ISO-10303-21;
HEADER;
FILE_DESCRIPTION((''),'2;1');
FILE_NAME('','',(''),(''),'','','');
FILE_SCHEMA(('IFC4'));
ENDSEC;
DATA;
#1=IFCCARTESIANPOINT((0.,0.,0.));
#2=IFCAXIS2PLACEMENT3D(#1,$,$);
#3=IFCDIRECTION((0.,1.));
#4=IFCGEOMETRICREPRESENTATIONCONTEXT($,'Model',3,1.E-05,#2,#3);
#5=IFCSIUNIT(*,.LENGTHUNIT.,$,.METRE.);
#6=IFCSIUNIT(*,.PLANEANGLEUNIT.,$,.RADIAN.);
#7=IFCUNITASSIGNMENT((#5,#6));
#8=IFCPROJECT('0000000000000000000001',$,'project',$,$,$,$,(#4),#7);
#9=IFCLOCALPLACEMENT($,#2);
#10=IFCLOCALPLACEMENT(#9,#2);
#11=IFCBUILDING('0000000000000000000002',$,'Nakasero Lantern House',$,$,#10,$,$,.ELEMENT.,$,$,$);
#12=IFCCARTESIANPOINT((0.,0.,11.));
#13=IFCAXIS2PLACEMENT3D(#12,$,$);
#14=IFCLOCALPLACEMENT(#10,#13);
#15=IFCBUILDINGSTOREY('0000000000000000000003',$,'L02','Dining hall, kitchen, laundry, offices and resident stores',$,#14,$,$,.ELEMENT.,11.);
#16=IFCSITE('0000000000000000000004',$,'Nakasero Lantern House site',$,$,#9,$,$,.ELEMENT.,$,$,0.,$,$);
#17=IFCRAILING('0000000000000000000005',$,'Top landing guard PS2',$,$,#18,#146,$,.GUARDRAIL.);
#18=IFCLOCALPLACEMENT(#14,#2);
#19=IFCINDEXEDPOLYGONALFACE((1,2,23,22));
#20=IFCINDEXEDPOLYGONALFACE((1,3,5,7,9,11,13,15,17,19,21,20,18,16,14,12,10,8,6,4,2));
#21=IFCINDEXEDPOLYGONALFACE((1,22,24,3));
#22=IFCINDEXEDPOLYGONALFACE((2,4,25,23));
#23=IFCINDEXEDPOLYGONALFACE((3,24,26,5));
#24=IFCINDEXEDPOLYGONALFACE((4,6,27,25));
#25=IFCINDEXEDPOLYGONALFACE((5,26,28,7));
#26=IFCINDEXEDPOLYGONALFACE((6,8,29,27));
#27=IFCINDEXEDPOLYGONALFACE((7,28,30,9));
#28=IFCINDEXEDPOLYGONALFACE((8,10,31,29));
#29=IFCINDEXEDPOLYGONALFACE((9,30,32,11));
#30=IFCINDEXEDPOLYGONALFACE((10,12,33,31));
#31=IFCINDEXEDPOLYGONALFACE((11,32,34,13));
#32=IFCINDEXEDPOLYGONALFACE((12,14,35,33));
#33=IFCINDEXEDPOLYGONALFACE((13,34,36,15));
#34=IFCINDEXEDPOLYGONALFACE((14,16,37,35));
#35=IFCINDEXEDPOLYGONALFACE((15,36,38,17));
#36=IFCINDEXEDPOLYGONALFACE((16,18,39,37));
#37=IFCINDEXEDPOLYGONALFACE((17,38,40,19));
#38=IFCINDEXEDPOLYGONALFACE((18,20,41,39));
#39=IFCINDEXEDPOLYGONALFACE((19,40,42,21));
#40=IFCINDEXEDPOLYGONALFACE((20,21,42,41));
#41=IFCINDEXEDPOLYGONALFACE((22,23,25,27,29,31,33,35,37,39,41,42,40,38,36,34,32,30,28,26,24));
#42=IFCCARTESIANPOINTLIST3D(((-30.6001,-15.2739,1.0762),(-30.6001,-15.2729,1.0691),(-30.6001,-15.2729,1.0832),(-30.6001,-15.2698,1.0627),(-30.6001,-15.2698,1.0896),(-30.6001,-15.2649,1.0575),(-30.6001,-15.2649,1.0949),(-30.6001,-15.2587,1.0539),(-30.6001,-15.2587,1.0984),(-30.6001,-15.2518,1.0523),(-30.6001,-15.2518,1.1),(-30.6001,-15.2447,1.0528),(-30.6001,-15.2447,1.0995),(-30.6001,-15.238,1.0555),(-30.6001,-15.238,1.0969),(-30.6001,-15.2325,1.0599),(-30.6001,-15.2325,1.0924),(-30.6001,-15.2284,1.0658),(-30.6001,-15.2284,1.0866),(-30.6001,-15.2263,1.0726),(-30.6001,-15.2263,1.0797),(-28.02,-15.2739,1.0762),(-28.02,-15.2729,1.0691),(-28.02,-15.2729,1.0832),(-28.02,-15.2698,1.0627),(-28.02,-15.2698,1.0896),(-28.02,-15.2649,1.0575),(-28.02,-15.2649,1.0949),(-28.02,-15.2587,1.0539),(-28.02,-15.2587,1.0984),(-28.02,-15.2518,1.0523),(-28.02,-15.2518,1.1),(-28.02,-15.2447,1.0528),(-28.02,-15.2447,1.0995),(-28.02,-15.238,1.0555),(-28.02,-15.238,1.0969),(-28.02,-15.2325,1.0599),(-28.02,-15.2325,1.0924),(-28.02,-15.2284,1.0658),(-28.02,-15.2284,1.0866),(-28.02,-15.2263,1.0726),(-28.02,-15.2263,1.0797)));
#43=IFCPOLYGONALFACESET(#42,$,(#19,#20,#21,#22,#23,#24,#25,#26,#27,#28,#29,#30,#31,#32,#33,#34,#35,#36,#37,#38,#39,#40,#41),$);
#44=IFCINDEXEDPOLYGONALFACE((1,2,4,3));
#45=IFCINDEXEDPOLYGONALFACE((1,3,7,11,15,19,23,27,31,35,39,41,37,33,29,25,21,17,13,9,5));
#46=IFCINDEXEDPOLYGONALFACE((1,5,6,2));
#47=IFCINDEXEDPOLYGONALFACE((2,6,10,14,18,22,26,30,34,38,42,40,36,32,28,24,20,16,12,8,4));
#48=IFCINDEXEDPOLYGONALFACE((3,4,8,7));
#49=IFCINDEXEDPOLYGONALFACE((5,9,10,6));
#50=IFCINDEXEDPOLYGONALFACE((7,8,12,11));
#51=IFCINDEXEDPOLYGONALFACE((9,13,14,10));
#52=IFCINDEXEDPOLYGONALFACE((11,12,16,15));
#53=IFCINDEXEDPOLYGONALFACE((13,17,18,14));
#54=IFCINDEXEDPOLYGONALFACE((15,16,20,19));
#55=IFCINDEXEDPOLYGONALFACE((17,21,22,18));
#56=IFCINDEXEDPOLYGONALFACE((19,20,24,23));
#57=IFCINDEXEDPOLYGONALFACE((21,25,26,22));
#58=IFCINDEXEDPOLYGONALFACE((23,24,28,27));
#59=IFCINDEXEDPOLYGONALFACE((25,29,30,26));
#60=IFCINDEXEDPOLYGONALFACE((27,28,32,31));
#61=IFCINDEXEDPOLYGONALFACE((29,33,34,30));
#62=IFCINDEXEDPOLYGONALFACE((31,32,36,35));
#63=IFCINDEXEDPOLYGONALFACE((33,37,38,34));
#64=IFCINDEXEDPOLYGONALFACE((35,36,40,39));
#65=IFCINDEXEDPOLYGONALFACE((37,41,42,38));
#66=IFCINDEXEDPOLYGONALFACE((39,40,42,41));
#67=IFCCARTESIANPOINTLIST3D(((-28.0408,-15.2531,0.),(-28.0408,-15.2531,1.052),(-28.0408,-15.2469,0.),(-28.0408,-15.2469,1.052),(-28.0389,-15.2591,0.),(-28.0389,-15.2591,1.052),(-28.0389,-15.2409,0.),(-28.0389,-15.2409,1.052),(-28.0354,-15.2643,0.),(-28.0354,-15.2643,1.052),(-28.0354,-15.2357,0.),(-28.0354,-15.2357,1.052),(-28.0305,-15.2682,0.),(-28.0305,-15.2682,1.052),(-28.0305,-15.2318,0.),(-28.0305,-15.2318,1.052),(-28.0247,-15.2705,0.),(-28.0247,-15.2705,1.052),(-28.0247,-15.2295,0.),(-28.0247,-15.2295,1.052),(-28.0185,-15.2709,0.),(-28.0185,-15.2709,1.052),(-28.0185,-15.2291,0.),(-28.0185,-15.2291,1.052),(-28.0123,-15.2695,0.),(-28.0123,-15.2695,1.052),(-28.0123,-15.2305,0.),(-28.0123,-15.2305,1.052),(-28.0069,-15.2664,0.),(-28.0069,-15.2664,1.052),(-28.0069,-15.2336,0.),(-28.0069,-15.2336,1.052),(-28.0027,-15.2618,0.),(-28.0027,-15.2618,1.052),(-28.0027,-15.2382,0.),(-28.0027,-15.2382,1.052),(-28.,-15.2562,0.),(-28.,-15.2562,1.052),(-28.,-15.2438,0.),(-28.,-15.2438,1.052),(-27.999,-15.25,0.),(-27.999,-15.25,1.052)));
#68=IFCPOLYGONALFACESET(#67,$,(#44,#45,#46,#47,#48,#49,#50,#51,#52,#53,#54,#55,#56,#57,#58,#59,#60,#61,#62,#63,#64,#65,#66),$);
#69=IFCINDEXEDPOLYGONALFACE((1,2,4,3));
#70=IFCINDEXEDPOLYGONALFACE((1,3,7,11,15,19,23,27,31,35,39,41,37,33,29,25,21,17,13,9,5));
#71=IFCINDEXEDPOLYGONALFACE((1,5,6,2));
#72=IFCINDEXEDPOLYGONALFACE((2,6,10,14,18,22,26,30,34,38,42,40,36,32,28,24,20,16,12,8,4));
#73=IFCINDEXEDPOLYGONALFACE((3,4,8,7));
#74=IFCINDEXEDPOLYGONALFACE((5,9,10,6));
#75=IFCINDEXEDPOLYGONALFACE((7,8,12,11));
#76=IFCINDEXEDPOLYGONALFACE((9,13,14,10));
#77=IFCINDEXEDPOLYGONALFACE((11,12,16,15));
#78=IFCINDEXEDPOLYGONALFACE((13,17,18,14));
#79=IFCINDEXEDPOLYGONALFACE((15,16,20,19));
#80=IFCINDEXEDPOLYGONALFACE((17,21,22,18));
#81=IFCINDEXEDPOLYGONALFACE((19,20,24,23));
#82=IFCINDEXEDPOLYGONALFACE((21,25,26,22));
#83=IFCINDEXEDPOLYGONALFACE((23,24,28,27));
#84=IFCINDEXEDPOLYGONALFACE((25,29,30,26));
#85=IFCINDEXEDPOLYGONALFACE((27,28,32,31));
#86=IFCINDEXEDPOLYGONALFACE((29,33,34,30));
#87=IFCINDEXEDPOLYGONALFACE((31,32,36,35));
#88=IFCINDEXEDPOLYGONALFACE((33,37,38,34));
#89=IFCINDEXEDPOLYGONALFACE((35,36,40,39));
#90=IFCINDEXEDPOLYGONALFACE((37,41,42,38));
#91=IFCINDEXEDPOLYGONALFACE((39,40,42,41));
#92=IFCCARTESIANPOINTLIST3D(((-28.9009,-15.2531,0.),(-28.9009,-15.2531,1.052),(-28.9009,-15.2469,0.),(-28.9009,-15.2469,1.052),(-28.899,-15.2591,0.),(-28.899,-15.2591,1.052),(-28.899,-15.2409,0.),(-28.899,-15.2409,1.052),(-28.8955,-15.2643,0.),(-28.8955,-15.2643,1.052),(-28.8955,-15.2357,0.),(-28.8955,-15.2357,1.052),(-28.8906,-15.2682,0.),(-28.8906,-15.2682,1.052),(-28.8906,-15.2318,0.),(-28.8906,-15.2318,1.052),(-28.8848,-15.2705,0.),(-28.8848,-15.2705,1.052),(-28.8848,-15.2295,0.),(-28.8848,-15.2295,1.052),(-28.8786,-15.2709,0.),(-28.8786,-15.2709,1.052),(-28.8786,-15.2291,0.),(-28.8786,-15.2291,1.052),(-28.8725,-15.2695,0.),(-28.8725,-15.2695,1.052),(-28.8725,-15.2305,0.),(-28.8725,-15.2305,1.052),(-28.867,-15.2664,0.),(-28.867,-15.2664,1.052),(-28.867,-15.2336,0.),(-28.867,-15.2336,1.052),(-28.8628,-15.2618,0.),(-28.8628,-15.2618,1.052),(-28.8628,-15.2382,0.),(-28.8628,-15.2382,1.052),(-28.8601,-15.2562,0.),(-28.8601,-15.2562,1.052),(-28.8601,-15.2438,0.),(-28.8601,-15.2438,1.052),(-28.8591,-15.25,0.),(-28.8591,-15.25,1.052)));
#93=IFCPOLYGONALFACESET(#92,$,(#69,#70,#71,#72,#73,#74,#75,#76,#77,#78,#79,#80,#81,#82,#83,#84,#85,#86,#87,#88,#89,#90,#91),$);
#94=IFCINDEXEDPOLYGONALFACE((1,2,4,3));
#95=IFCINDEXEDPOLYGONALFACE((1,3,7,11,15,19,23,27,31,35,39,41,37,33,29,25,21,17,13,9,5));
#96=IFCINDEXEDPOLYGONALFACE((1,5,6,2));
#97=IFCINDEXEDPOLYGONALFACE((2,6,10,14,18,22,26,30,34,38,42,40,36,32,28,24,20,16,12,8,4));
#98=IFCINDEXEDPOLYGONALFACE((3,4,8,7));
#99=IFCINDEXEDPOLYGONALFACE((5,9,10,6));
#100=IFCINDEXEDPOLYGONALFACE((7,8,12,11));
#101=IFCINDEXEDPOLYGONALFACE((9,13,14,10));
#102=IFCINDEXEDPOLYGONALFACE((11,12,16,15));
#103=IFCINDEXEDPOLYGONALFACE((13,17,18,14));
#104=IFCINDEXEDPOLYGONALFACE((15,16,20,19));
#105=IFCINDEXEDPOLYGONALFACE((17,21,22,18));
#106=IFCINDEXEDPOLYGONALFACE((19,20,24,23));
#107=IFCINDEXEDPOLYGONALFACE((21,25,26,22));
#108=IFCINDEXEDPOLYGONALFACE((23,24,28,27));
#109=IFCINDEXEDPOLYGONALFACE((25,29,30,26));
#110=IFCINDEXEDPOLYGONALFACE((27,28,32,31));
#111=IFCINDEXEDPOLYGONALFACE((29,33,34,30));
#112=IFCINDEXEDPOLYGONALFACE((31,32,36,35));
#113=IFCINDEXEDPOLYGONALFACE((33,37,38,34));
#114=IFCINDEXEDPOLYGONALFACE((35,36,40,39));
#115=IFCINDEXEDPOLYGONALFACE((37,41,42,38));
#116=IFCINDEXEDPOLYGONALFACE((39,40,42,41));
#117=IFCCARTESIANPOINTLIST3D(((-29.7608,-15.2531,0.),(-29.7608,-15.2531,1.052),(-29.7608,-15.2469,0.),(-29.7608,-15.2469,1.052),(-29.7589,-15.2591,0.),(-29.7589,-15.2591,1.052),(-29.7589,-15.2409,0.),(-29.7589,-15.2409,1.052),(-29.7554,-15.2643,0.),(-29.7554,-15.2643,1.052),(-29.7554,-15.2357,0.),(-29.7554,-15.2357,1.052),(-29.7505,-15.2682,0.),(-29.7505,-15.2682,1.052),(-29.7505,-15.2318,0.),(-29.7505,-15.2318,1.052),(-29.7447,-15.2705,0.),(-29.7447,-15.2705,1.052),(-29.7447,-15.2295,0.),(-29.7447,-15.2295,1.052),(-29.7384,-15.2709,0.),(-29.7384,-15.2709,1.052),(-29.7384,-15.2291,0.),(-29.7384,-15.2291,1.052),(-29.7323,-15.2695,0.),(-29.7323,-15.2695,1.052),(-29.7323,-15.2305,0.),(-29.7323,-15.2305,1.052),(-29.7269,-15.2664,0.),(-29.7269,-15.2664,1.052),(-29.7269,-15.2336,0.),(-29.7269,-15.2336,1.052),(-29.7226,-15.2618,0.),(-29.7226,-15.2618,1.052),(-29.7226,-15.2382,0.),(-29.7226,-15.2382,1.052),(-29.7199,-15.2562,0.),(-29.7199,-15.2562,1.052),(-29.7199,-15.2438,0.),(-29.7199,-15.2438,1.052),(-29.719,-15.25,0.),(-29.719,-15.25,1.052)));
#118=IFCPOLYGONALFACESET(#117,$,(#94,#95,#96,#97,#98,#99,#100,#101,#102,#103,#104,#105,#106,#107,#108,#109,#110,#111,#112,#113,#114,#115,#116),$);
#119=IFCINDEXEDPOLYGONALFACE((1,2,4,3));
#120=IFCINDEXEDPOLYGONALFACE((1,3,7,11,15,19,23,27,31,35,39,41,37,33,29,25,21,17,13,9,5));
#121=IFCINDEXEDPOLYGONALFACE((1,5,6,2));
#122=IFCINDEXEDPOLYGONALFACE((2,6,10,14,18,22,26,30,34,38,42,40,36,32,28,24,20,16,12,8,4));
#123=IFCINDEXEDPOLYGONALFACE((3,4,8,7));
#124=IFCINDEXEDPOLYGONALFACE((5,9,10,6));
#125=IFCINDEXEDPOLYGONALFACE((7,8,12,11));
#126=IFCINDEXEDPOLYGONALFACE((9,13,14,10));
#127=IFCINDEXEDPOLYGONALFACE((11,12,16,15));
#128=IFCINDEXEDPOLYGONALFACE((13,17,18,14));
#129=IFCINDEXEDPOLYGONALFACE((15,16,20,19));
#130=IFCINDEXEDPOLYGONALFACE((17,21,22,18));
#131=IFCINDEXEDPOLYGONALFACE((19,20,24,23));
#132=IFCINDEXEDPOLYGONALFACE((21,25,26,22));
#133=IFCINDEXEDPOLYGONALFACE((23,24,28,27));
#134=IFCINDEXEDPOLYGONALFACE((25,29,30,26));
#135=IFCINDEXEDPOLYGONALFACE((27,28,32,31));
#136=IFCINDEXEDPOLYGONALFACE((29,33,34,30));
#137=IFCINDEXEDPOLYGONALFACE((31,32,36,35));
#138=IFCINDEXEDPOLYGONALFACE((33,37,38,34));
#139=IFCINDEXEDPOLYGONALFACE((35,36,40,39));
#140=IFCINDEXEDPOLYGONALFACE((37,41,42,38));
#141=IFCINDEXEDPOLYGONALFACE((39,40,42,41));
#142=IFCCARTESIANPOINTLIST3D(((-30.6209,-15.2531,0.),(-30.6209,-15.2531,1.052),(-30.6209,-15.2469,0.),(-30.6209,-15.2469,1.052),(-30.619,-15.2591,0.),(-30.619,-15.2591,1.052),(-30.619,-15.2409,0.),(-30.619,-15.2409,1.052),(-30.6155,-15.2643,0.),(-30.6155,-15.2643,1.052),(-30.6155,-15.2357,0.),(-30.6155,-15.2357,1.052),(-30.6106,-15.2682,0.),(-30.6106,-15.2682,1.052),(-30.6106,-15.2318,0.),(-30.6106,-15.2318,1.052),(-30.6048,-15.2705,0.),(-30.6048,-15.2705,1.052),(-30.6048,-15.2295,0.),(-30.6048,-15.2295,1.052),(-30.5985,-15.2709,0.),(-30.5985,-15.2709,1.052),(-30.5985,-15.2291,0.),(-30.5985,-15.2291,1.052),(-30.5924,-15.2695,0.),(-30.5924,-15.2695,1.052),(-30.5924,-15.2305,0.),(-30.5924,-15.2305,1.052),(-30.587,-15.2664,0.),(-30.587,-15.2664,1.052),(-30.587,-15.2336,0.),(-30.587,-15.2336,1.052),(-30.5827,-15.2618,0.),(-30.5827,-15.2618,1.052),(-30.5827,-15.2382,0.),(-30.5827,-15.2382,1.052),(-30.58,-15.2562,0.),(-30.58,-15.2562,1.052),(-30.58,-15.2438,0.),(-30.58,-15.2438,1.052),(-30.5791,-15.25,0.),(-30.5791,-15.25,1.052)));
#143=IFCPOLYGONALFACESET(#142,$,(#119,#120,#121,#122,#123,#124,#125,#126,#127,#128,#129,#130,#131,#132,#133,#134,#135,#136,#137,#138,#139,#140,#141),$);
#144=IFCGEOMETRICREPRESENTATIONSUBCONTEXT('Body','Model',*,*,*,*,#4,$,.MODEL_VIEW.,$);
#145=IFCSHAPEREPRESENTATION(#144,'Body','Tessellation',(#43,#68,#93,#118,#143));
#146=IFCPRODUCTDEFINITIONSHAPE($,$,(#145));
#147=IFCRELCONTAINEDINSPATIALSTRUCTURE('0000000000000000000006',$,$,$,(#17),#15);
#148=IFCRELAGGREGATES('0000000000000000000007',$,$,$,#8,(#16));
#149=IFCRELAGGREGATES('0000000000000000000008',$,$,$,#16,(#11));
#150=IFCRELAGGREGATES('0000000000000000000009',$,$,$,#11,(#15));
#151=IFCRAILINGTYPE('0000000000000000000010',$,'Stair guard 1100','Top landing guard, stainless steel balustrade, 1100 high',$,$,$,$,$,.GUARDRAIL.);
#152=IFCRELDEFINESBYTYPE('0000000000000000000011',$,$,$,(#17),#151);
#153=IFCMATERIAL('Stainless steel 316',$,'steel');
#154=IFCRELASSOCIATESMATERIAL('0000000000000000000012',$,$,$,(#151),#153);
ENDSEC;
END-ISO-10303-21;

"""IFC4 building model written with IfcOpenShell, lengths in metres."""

from ifc_helpers import new_model, si_unit, direction, frame, origin, origin_2d, place, context, subcontext, project, spatial, circle, extrude, material, type_object, element, save


model = new_model("IFC4")

# Units and contexts
model_context = context("Model", 3, precision=1e-05, world=origin(), true_north=direction((0.0, 1.0)))
body_context = subcontext(model_context, "Body", "Model", "MODEL_VIEW")
ifc_project = project(units=[si_unit("LENGTHUNIT", "METRE"), si_unit("PLANEANGLEUNIT", "RADIAN")], contexts=[model_context])

# Site, building, storey
site_placement = place(None, origin())
site = spatial("IfcSite", under=ifc_project, at=site_placement, Name="Nakasero Lantern House site", CompositionType="ELEMENT", RefElevation=0.0)
building_placement = place(site_placement, origin())
building = spatial("IfcBuilding", under=site, at=building_placement, Name="Nakasero Lantern House", CompositionType="ELEMENT")
storey_placement = place(building_placement, frame((0.0, 0.0, 11.0)))
storey = spatial("IfcBuildingStorey", under=building, at=storey_placement, Name="L02", Description="Dining hall, kitchen, laundry, offices and resident stores", CompositionType="ELEMENT", Elevation=11.0)

# Railing
ifc_material_1 = material(Name="Stainless steel 316", Category="steel")
railing_type = type_object("IfcRailingType", Name="Stair guard 1100", Description="Top landing guard, stainless steel balustrade, 1100 high", PredefinedType="GUARDRAIL", material=ifc_material_1)
railing_placement = place(storey_placement, frame((-28.02, -15.25, 0.0)))
element("IfcRailing", 1, at=railing_placement, inside=storey, type_object=railing_type, Name="Top landing guard PS2", PredefinedType="GUARDRAIL", context=body_context, shape_type="SweptSolid", body=[
    extrude(circle(Radius=0.0239, at=origin_2d()), frame((0.0, 0.0, 1.0762), z_axis=(-1.0, 0.0, 0.0), x_axis=(0.0, -1.0, 0.0)), (0.0, 0.0, 1.0), 2.5801),
    extrude(circle(Radius=0.021, at=origin_2d()), origin(), (0.0, 0.0, 1.0), 1.052),
    extrude(circle(Radius=0.021, at=origin_2d()), frame((-0.8601, 0.0, 0.0)), (0.0, 0.0, 1.0), 1.052),
    extrude(circle(Radius=0.021, at=origin_2d()), frame((-1.72, 0.0, 0.0)), (0.0, 0.0, 1.0), 1.052),
    extrude(circle(Radius=0.021, at=origin_2d()), frame((-2.5801, 0.0, 0.0)), (0.0, 0.0, 1.0), 1.052),
])

save(model, "model.ifc")
